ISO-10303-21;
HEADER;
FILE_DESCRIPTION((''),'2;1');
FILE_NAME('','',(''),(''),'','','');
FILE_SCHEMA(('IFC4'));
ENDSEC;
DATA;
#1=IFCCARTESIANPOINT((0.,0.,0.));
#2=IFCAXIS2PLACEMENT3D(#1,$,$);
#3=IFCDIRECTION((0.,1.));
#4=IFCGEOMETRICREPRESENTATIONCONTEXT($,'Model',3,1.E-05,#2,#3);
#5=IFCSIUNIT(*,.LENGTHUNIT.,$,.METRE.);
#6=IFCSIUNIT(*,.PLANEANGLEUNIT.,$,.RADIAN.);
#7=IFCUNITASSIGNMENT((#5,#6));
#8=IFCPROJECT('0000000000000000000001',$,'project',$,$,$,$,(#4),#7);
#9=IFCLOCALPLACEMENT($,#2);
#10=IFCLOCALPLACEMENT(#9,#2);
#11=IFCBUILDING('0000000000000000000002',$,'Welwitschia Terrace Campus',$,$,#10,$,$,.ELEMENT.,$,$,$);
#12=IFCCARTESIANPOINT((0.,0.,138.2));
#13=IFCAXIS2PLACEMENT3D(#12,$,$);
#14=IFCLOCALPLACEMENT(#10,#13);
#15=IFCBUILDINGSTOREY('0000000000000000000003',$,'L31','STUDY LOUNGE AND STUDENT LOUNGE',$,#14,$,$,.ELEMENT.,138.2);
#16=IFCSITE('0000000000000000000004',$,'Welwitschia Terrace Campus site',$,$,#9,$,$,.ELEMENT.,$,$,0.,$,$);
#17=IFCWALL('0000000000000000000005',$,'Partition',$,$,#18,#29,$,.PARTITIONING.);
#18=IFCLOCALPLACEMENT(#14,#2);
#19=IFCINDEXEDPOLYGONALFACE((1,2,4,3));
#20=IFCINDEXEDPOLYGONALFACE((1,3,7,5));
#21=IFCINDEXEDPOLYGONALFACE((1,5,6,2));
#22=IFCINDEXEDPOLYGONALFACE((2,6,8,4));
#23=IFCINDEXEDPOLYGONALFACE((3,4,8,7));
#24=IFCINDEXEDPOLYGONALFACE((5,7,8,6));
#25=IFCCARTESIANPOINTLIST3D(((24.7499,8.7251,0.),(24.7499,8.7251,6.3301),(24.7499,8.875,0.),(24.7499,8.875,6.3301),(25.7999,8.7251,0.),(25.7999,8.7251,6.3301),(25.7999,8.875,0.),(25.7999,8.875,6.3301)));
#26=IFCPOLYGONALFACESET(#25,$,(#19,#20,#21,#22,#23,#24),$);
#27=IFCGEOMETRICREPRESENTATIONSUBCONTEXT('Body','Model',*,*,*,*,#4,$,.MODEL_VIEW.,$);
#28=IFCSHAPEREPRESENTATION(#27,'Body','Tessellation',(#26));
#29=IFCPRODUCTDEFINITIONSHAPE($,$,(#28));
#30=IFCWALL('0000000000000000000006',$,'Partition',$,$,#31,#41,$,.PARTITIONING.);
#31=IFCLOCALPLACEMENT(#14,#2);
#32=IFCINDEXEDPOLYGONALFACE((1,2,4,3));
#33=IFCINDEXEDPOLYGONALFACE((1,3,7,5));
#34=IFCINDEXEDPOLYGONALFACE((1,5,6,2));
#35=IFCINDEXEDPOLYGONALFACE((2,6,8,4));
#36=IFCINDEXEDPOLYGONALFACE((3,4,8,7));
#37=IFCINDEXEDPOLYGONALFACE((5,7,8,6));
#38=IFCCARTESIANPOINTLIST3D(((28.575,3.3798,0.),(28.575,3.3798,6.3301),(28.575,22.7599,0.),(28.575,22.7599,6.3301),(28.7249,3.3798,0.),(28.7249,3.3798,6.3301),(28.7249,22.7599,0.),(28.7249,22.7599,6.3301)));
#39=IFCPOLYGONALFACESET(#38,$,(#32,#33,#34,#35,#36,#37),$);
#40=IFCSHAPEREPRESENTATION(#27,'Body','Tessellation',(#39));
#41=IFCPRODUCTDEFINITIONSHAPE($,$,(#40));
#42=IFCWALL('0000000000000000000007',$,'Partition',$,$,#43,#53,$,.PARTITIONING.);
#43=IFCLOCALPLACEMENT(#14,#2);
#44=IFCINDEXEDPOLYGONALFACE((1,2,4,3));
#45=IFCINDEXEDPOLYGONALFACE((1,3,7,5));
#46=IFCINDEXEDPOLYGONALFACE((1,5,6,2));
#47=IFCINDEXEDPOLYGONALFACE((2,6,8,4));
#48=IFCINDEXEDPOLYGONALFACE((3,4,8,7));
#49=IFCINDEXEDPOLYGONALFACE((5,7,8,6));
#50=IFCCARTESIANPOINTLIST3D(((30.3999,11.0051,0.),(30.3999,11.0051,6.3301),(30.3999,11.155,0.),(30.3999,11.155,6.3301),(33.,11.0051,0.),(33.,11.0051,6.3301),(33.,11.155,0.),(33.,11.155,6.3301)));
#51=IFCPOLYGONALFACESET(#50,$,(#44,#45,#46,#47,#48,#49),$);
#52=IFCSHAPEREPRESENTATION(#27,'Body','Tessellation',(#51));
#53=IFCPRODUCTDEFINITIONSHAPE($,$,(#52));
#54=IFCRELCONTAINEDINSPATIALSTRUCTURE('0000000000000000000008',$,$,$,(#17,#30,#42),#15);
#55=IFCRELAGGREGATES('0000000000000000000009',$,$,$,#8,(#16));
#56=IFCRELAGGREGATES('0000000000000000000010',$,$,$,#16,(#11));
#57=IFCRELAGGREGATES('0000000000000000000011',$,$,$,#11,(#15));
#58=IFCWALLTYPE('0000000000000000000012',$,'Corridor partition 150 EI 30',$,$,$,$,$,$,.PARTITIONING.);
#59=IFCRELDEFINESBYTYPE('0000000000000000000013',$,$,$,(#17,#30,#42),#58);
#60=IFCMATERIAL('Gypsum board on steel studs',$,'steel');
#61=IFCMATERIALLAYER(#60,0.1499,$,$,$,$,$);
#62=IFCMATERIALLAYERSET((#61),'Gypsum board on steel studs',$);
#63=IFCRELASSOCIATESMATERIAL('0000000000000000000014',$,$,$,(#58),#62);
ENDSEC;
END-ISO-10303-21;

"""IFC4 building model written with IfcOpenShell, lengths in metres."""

from ifc_helpers import new_model, si_unit, direction, frame, frame_2d, origin, place, context, subcontext, project, spatial, rectangle, extrude, material, layer, layer_set, type_object, element, save


model = new_model("IFC4")

# Units and contexts
model_context = context("Model", 3, precision=1e-05, world=origin(), true_north=direction((0.0, 1.0)))
body_context = subcontext(model_context, "Body", "Model", "MODEL_VIEW")
ifc_project = project(units=[si_unit("LENGTHUNIT", "METRE"), si_unit("PLANEANGLEUNIT", "RADIAN")], contexts=[model_context])

# Site, building, storey
site_placement = place(None, origin())
site = spatial("IfcSite", under=ifc_project, at=site_placement, Name="Welwitschia Terrace Campus site", CompositionType="ELEMENT", RefElevation=0.0)
building_placement = place(site_placement, origin())
building = spatial("IfcBuilding", under=site, at=building_placement, Name="Welwitschia Terrace Campus", CompositionType="ELEMENT")
storey_placement = place(building_placement, frame((0.0, 0.0, 138.2)))
storey = spatial("IfcBuildingStorey", under=building, at=storey_placement, Name="L31", Description="STUDY LOUNGE AND STUDENT LOUNGE", CompositionType="ELEMENT", Elevation=138.2)

# Walls
ifc_material_1 = material(Name="Gypsum board on steel studs", Category="steel")
ifc_layer_1 = layer(ifc_material_1, 0.1499)
ifc_layer_set_1 = layer_set([ifc_layer_1], Name="Gypsum board on steel studs")
wall_type = type_object("IfcWallType", Name="Corridor partition 150 EI 30", PredefinedType="PARTITIONING", material=ifc_layer_set_1)
wall_1_placement = place(storey_placement, frame((24.75, 8.8, 0.0), z_axis=(0.0, 0.0, 1.0), x_axis=(1.0, 0.0, 0.0)))
element("IfcWall", 1, at=wall_1_placement, inside=storey, type_object=wall_type, Name="Partition", PredefinedType="PARTITIONING", context=body_context, shape_type="SweptSolid", body=[
    extrude(rectangle(XDim=1.05, YDim=0.1499, at=frame_2d((0.5249, 0.0))), origin(), (0.0, 0.0, 1.0), 6.3301),
])
wall_2_placement = place(storey_placement, frame((28.6499, 3.3799, 0.0), z_axis=(0.0, 0.0, 1.0), x_axis=(0.0, 1.0, 0.0)))
element("IfcWall", 2, at=wall_2_placement, inside=storey, type_object=wall_type, Name="Partition", PredefinedType="PARTITIONING", context=body_context, shape_type="SweptSolid", body=[
    extrude(rectangle(XDim=19.3801, YDim=0.1499, at=frame_2d((9.6899, 0.0))), origin(), (0.0, 0.0, 1.0), 6.3301),
])
wall_3_placement = place(storey_placement, frame((30.3999, 11.0801, 0.0), z_axis=(0.0, 0.0, 1.0), x_axis=(1.0, 0.0, 0.0)))
element("IfcWall", 3, at=wall_3_placement, inside=storey, type_object=wall_type, Name="Partition", PredefinedType="PARTITIONING", context=body_context, shape_type="SweptSolid", body=[
    extrude(rectangle(XDim=2.6001, YDim=0.1499, at=frame_2d((1.3, 0.0))), origin(), (0.0, 0.0, 1.0), 6.3301),
])

save(model, "model.ifc")
